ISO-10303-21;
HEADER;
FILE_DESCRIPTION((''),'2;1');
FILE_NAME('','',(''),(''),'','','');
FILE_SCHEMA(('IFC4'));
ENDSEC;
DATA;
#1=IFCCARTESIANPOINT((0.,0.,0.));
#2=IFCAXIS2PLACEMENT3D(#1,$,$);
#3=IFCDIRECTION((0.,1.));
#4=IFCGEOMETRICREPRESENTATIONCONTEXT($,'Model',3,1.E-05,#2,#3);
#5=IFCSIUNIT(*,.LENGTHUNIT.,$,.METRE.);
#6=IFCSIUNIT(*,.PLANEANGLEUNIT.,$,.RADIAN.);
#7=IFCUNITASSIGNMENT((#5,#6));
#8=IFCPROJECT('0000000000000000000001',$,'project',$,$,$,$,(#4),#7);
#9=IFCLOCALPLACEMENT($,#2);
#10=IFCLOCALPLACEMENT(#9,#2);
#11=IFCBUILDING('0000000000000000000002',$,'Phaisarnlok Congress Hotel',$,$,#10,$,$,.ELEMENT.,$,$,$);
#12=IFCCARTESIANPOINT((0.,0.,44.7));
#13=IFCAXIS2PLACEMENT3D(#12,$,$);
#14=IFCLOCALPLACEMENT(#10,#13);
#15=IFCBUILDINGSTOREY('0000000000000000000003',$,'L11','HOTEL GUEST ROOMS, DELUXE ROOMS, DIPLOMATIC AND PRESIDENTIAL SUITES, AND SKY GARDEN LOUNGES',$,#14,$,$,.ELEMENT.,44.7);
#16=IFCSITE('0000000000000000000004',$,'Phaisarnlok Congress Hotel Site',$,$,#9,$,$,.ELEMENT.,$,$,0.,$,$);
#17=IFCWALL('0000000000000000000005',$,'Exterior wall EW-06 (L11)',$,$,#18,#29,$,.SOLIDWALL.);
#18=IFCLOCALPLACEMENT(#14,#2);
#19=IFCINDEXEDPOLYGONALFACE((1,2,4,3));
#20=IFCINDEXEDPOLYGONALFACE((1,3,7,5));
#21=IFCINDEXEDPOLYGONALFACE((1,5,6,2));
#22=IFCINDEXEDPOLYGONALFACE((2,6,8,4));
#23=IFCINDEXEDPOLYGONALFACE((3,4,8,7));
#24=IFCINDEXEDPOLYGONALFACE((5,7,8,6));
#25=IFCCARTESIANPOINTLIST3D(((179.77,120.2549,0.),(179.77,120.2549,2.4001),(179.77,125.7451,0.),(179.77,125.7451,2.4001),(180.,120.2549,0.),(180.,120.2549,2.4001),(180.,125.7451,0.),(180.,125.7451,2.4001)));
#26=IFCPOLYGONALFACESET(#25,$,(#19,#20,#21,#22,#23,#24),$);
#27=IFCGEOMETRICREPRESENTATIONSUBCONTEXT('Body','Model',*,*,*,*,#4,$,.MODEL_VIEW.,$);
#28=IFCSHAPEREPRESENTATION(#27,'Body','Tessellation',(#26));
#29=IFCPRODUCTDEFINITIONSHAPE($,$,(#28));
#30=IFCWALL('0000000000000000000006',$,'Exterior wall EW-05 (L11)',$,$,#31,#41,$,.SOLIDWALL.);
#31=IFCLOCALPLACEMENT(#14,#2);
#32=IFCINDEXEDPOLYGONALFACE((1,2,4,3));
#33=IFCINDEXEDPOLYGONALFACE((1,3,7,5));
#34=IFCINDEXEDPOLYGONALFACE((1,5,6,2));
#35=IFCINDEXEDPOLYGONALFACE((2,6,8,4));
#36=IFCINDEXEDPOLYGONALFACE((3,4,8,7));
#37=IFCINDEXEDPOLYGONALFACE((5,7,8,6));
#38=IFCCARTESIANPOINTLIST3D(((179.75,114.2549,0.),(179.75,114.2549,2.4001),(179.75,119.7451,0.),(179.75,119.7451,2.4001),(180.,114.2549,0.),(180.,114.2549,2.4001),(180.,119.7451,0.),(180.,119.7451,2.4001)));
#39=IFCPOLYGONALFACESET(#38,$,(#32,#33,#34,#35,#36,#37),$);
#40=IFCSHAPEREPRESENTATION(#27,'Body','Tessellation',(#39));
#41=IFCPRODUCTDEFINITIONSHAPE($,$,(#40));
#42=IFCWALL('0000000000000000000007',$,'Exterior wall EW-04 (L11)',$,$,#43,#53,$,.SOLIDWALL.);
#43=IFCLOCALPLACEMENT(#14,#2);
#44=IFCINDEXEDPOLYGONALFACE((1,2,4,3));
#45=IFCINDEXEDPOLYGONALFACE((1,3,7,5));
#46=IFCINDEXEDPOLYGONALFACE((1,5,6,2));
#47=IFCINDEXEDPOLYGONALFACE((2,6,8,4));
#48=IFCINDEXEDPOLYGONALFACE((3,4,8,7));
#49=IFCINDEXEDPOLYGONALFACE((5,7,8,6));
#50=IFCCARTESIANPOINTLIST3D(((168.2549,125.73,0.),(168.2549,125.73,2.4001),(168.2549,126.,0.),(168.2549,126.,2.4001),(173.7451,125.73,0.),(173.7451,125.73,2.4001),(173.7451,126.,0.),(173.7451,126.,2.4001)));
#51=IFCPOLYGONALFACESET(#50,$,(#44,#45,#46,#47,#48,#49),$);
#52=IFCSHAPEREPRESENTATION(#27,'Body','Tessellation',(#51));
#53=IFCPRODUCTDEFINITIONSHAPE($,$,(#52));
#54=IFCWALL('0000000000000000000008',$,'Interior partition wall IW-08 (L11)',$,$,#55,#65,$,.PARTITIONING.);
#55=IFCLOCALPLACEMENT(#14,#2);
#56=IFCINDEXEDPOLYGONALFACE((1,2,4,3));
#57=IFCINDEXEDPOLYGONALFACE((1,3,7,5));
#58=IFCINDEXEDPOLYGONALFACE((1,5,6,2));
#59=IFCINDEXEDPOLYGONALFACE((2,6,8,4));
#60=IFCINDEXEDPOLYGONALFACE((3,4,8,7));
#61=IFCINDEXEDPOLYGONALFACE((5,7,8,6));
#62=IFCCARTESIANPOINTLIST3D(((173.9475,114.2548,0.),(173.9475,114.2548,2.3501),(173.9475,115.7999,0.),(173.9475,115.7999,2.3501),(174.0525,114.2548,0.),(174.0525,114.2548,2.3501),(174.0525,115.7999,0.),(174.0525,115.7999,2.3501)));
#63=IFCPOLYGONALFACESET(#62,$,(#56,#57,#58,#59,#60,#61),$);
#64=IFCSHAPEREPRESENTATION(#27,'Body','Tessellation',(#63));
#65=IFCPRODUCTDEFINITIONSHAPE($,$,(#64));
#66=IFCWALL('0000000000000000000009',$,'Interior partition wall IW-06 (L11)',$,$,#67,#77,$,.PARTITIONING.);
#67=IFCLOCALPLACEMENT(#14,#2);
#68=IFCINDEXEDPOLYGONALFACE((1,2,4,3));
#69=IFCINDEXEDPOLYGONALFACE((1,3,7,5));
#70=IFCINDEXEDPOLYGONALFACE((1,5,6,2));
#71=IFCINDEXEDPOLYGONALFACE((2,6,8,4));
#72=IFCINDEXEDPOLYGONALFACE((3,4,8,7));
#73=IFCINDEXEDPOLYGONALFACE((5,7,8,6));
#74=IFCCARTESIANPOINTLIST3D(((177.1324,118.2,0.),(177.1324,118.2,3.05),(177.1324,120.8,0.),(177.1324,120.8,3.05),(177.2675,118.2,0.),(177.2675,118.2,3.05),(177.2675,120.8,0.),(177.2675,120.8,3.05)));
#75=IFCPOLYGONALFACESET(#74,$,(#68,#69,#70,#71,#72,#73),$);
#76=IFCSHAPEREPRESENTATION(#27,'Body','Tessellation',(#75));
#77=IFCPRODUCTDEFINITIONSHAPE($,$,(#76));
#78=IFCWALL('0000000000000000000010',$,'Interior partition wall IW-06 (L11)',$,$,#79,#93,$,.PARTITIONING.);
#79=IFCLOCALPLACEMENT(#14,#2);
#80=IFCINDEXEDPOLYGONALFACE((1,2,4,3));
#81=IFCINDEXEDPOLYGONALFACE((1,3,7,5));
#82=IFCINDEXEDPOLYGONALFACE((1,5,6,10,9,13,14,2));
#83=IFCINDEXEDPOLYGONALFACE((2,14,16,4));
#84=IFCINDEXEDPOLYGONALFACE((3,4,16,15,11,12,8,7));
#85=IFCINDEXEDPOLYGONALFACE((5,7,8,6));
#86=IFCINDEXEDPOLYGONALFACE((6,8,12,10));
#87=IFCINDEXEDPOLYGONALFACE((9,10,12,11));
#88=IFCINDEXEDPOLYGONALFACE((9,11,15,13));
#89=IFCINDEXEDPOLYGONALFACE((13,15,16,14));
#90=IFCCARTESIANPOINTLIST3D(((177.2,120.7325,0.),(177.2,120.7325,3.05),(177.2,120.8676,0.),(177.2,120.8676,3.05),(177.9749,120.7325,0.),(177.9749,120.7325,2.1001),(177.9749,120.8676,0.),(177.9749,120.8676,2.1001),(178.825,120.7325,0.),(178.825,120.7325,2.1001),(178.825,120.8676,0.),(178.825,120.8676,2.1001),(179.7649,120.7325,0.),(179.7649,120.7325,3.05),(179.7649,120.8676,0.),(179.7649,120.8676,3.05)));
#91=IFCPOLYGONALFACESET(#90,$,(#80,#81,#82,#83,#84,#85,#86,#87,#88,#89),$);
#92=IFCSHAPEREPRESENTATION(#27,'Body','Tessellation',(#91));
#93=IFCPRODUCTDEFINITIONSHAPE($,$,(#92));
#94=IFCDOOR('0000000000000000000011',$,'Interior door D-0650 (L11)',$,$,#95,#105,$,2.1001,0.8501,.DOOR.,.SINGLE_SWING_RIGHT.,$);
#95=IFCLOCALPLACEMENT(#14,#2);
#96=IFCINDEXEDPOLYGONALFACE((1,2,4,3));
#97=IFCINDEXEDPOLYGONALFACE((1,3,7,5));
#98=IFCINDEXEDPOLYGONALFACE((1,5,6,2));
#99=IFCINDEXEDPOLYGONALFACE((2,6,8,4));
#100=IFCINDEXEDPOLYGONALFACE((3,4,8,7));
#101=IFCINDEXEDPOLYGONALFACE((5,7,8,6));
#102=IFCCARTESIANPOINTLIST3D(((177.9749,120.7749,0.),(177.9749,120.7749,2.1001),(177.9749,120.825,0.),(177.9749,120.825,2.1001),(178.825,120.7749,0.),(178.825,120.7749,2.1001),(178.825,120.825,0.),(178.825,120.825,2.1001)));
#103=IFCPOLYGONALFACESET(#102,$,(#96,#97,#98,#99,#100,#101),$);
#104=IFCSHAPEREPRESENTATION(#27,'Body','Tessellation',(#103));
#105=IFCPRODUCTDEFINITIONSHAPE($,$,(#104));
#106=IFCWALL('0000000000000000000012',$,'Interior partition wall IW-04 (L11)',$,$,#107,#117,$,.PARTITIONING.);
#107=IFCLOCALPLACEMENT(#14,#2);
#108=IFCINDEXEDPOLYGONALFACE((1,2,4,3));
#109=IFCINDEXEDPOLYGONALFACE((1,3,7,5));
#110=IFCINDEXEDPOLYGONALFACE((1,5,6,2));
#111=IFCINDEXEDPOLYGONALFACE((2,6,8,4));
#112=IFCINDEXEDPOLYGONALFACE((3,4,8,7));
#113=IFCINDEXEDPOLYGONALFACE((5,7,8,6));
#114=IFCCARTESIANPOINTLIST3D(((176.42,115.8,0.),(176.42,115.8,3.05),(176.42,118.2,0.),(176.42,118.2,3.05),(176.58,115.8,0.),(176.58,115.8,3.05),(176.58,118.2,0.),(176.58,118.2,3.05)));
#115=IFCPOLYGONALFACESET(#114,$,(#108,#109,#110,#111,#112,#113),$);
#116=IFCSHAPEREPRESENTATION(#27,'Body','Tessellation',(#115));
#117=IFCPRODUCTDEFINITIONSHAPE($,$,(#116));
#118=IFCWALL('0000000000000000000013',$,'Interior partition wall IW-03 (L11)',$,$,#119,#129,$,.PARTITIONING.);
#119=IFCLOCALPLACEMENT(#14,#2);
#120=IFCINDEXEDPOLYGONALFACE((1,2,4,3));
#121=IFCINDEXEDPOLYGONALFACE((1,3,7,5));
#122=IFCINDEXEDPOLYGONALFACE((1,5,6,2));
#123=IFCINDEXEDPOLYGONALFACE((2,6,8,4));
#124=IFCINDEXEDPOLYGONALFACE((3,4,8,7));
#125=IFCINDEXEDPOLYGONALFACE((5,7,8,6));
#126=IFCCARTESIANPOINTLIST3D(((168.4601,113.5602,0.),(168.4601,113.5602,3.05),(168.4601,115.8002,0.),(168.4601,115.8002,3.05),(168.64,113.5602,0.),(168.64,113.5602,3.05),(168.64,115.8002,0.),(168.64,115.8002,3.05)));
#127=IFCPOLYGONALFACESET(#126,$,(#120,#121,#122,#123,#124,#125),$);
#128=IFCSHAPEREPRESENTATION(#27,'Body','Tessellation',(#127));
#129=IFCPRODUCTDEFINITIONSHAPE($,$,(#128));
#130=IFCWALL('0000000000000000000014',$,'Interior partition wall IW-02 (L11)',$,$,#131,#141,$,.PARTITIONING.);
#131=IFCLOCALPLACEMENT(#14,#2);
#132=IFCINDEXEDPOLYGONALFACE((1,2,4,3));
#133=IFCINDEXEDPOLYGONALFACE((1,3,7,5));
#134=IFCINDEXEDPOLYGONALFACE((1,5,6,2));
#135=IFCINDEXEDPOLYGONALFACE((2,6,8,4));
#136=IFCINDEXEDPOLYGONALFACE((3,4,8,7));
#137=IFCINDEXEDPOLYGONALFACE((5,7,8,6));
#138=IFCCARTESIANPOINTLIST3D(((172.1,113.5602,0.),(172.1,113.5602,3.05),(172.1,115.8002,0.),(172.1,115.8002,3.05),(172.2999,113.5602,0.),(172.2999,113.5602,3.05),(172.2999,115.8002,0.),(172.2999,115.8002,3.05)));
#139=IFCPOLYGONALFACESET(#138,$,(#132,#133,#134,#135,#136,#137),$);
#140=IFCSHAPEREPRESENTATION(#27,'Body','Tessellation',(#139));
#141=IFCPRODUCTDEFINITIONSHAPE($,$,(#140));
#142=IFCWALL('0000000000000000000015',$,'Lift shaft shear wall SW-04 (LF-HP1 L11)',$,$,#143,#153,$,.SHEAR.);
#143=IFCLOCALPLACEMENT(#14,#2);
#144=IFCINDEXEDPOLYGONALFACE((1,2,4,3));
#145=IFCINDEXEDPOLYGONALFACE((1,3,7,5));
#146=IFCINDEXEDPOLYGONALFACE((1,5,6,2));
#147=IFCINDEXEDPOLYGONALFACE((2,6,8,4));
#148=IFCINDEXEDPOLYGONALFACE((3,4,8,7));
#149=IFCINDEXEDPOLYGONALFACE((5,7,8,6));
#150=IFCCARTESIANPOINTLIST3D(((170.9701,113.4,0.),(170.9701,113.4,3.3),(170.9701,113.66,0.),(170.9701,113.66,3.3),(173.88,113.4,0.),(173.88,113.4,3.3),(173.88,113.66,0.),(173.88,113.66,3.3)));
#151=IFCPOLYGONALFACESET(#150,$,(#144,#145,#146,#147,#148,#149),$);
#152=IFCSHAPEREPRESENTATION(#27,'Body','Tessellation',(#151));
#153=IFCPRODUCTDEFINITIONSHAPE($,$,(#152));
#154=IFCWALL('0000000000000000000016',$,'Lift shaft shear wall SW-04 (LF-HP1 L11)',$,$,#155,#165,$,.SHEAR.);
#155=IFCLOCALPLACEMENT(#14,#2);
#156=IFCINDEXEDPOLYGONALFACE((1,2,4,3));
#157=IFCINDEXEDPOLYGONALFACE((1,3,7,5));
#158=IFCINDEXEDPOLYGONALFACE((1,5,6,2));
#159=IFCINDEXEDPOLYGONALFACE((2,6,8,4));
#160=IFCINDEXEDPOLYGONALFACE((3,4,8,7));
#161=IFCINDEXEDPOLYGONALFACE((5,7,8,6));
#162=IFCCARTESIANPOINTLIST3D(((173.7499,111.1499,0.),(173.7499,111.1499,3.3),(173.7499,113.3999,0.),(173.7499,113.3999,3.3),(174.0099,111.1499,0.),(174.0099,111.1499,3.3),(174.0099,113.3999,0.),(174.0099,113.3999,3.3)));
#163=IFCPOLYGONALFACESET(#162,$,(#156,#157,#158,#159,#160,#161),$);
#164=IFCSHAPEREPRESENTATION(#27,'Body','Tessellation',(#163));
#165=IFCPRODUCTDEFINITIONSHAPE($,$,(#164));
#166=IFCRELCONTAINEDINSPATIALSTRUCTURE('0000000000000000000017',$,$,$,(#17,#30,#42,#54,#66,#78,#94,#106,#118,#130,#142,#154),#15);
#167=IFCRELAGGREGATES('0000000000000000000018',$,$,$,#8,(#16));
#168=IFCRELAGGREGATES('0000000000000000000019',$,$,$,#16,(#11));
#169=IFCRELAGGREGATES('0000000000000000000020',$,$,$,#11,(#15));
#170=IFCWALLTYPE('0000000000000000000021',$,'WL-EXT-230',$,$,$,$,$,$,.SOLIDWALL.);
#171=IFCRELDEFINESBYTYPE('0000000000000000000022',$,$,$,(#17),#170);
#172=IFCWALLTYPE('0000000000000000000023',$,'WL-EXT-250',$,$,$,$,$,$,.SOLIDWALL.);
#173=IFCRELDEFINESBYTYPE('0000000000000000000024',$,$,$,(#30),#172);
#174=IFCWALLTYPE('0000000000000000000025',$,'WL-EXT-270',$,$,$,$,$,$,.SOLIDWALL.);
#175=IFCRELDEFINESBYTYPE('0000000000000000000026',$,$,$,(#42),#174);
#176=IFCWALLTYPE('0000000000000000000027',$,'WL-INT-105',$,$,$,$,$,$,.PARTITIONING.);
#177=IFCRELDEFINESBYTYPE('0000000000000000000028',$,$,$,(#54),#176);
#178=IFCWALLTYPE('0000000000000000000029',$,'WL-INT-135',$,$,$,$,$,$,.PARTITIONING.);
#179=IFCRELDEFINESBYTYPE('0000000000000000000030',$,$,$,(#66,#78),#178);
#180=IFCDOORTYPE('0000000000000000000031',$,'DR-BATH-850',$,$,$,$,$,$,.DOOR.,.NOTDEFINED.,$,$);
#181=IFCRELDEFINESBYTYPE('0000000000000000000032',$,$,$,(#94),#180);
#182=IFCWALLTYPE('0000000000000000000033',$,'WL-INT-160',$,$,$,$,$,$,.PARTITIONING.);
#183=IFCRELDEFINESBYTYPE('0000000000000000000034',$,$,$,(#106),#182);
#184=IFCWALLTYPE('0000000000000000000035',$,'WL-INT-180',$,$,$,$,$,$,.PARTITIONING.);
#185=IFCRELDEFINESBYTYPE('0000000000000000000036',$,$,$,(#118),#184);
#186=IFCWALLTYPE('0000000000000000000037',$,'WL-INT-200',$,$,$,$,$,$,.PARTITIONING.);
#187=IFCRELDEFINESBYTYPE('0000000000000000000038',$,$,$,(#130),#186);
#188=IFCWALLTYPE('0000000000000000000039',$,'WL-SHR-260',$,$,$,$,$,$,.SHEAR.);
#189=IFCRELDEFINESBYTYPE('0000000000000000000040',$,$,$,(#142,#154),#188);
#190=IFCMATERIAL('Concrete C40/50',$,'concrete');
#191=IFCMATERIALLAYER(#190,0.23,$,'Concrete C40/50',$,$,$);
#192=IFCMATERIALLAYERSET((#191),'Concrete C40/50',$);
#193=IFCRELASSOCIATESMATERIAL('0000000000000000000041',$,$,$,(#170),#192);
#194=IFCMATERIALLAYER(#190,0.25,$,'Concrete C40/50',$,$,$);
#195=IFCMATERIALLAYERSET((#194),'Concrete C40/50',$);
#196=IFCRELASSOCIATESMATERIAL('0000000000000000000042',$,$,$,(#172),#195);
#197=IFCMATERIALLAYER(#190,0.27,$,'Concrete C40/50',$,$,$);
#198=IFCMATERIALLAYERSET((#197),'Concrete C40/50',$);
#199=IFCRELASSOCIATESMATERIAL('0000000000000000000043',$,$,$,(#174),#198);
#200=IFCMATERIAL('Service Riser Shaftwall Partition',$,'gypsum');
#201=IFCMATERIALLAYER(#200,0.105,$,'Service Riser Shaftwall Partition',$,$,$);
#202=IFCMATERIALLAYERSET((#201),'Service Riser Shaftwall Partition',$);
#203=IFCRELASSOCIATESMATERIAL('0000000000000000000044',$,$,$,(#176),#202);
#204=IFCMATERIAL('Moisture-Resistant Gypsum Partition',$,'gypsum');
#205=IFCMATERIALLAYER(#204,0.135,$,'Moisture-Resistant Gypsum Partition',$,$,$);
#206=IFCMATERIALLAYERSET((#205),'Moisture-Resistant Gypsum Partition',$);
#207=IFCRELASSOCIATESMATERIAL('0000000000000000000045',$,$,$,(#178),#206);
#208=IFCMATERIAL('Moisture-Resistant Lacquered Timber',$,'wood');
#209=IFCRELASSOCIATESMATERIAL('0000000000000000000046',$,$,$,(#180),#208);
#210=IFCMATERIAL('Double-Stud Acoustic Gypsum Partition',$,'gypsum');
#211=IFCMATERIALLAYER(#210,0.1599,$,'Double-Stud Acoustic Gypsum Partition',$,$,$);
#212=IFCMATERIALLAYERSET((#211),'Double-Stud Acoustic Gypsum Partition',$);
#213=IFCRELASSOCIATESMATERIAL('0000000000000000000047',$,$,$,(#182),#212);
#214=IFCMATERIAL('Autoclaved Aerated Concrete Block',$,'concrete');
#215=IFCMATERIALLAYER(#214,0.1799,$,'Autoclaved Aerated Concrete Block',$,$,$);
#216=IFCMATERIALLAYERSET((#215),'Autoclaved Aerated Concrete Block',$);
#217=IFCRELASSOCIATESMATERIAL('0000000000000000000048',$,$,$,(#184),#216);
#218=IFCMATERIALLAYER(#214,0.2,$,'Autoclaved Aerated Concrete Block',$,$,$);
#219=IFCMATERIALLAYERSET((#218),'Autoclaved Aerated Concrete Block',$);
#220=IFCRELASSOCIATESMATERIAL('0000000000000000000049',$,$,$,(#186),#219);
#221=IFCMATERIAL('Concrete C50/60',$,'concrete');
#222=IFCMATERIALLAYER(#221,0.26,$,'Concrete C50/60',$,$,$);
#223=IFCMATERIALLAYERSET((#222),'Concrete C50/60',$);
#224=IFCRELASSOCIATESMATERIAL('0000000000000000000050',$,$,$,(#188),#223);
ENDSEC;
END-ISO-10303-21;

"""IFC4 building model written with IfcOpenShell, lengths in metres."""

from ifc_helpers import new_model, si_unit, direction, frame, frame_2d, origin, place, context, subcontext, project, spatial, rectangle, extrude, material, layer, layer_set, type_object, element, fill, save


model = new_model("IFC4")

# Units and contexts
model_context = context("Model", 3, precision=1e-05, world=origin(), true_north=direction((0.0, 1.0)))
body_context = subcontext(model_context, "Body", "Model", "MODEL_VIEW")
ifc_project = project(units=[si_unit("LENGTHUNIT", "METRE"), si_unit("PLANEANGLEUNIT", "RADIAN")], contexts=[model_context])

# Site, building, storey
site_placement = place(None, origin())
site = spatial("IfcSite", under=ifc_project, at=site_placement, Name="Phaisarnlok Congress Hotel Site", CompositionType="ELEMENT", RefElevation=0.0)
building_placement = place(site_placement, origin())
building = spatial("IfcBuilding", under=site, at=building_placement, Name="Phaisarnlok Congress Hotel", CompositionType="ELEMENT")
storey_placement = place(building_placement, frame((0.0, 0.0, 44.7)))
storey = spatial("IfcBuildingStorey", under=building, at=storey_placement, Name="L11", Description="HOTEL GUEST ROOMS, DELUXE ROOMS, DIPLOMATIC AND PRESIDENTIAL SUITES, AND SKY GARDEN LOUNGES", CompositionType="ELEMENT", Elevation=44.7)

# Shared definitions
ifc_material_1 = material(Name="Concrete C50/60", Category="concrete")

# Shared definitions
ifc_material_2 = material(Name="Concrete C40/50", Category="concrete")

# Walls
ifc_layer_1 = layer(ifc_material_2, 0.23, Name="Concrete C40/50")
ifc_layer_set_1 = layer_set([ifc_layer_1], Name="Concrete C40/50")
wall_type_1 = type_object("IfcWallType", Name="WL-EXT-230", PredefinedType="SOLIDWALL", material=ifc_layer_set_1)
wall_1_placement = place(storey_placement, frame((179.885, 120.2549, 0.0), z_axis=(0.0, 0.0, 1.0), x_axis=(0.0, 1.0, 0.0)))
element("IfcWall", 1, at=wall_1_placement, inside=storey, type_object=wall_type_1, Name="Exterior wall EW-06 (L11)", PredefinedType="SOLIDWALL", context=body_context, shape_type="SweptSolid", body=[
    extrude(rectangle(XDim=5.4902, YDim=0.23, at=frame_2d((2.7451, 0.0))), origin(), (0.0, 0.0, 1.0), 2.4001),
])
ifc_layer_2 = layer(ifc_material_2, 0.25, Name="Concrete C40/50")
ifc_layer_set_2 = layer_set([ifc_layer_2], Name="Concrete C40/50")
wall_type_2 = type_object("IfcWallType", Name="WL-EXT-250", PredefinedType="SOLIDWALL", material=ifc_layer_set_2)
wall_2_placement = place(storey_placement, frame((179.875, 114.2549, 0.0), z_axis=(0.0, 0.0, 1.0), x_axis=(0.0, 1.0, 0.0)))
element("IfcWall", 2, at=wall_2_placement, inside=storey, type_object=wall_type_2, Name="Exterior wall EW-05 (L11)", PredefinedType="SOLIDWALL", context=body_context, shape_type="SweptSolid", body=[
    extrude(rectangle(XDim=5.4902, YDim=0.25, at=frame_2d((2.7451, 0.0))), origin(), (0.0, 0.0, 1.0), 2.4001),
])
ifc_layer_3 = layer(ifc_material_2, 0.27, Name="Concrete C40/50")
ifc_layer_set_3 = layer_set([ifc_layer_3], Name="Concrete C40/50")
wall_type_3 = type_object("IfcWallType", Name="WL-EXT-270", PredefinedType="SOLIDWALL", material=ifc_layer_set_3)
wall_3_placement = place(storey_placement, frame((173.7451, 125.865, 0.0), z_axis=(0.0, 0.0, 1.0), x_axis=(-1.0, 0.0, 0.0)))
element("IfcWall", 3, at=wall_3_placement, inside=storey, type_object=wall_type_3, Name="Exterior wall EW-04 (L11)", PredefinedType="SOLIDWALL", context=body_context, shape_type="SweptSolid", body=[
    extrude(rectangle(XDim=5.4902, YDim=0.27, at=frame_2d((2.7451, 0.0))), origin(), (0.0, 0.0, 1.0), 2.4001),
])
ifc_material_3 = material(Name="Service Riser Shaftwall Partition", Category="gypsum")
ifc_layer_4 = layer(ifc_material_3, 0.105, Name="Service Riser Shaftwall Partition")
ifc_layer_set_4 = layer_set([ifc_layer_4], Name="Service Riser Shaftwall Partition")
wall_type_4 = type_object("IfcWallType", Name="WL-INT-105", PredefinedType="PARTITIONING", material=ifc_layer_set_4)
wall_4_placement = place(storey_placement, frame((174.0, 114.2549, 0.0), z_axis=(0.0, 0.0, 1.0), x_axis=(0.0, 1.0, 0.0)))
element("IfcWall", 4, at=wall_4_placement, inside=storey, type_object=wall_type_4, Name="Interior partition wall IW-08 (L11)", PredefinedType="PARTITIONING", context=body_context, shape_type="SweptSolid", body=[
    extrude(rectangle(XDim=1.5452, YDim=0.105, at=frame_2d((0.7725, 0.0))), origin(), (0.0, 0.0, 1.0), 2.3501),
])
ifc_material_4 = material(Name="Moisture-Resistant Gypsum Partition", Category="gypsum")
ifc_layer_5 = layer(ifc_material_4, 0.135, Name="Moisture-Resistant Gypsum Partition")
ifc_layer_set_5 = layer_set([ifc_layer_5], Name="Moisture-Resistant Gypsum Partition")
wall_type_5 = type_object("IfcWallType", Name="WL-INT-135", PredefinedType="PARTITIONING", material=ifc_layer_set_5)
wall_5_placement = place(storey_placement, frame((177.2, 118.2, 0.0), z_axis=(0.0, 0.0, 1.0), x_axis=(0.0, 1.0, 0.0)))
element("IfcWall", 5, at=wall_5_placement, inside=storey, type_object=wall_type_5, Name="Interior partition wall IW-06 (L11)", PredefinedType="PARTITIONING", context=body_context, shape_type="SweptSolid", body=[
    extrude(rectangle(XDim=2.6001, YDim=0.135, at=frame_2d((1.3, 0.0))), origin(), (0.0, 0.0, 1.0), 3.05),
])

# Wall, opening, door
wall_6_placement = place(storey_placement, frame((177.2, 120.8, 0.0), z_axis=(0.0, 0.0, 1.0), x_axis=(1.0, 0.0, 0.0)))
wall_6 = element("IfcWall", 6, at=wall_6_placement, inside=storey, type_object=wall_type_5, Name="Interior partition wall IW-06 (L11)", PredefinedType="PARTITIONING", context=body_context, shape_type="SweptSolid", body=[
    extrude(rectangle(XDim=2.5649, YDim=0.135, at=frame_2d((1.2825, 0.0))), origin(), (0.0, 0.0, 1.0), 3.05),
])
opening_1_placement = place(wall_6_placement, frame((0.7749, 0.0, 0.0)))
opening_1 = element("IfcOpeningElement", 7, at=opening_1_placement, cuts=wall_6, PredefinedType="OPENING", context=body_context, shape_type="SweptSolid", body=[
    extrude(rectangle(XDim=0.8501, YDim=2.1001, at=frame_2d((0.425, 1.05))), frame((0.0, 0.0776, 0.0), z_axis=(0.0, -1.0, 0.0), x_axis=(1.0, 0.0, 0.0)), (0.0, 0.0, 1.0), 0.155),
])
ifc_material_5 = material(Name="Moisture-Resistant Lacquered Timber", Category="wood")
door_type_1 = type_object("IfcDoorType", Name="DR-BATH-850", OperationType="NOTDEFINED", PredefinedType="DOOR", material=ifc_material_5)
door_1_placement = place(opening_1_placement, origin())
door_1 = element("IfcDoor", 8, at=door_1_placement, inside=storey, type_object=door_type_1, Name="Interior door D-0650 (L11)", OperationType="SINGLE_SWING_RIGHT", OverallHeight=2.1001, OverallWidth=0.8501, PredefinedType="DOOR", context=body_context, shape_type="SweptSolid", body=[
    extrude(rectangle(XDim=0.8501, YDim=2.1001, at=frame_2d((0.425, 1.05))), frame((0.0, 0.0249, 0.0), z_axis=(0.0, -1.0, 0.0), x_axis=(1.0, 0.0, 0.0)), (0.0, 0.0, 1.0), 0.05),
])
fill(opening_1, door_1)

# Walls
ifc_material_6 = material(Name="Double-Stud Acoustic Gypsum Partition", Category="gypsum")
ifc_layer_6 = layer(ifc_material_6, 0.1599, Name="Double-Stud Acoustic Gypsum Partition")
ifc_layer_set_6 = layer_set([ifc_layer_6], Name="Double-Stud Acoustic Gypsum Partition")
wall_type_6 = type_object("IfcWallType", Name="WL-INT-160", PredefinedType="PARTITIONING", material=ifc_layer_set_6)
wall_7_placement = place(storey_placement, frame((176.5, 115.8, 0.0), z_axis=(0.0, 0.0, 1.0), x_axis=(0.0, 1.0, 0.0)))
element("IfcWall", 9, at=wall_7_placement, inside=storey, type_object=wall_type_6, Name="Interior partition wall IW-04 (L11)", PredefinedType="PARTITIONING", context=body_context, shape_type="SweptSolid", body=[
    extrude(rectangle(XDim=2.3999, YDim=0.1599, at=frame_2d((1.2, 0.0))), origin(), (0.0, 0.0, 1.0), 3.05),
])
ifc_material_7 = material(Name="Autoclaved Aerated Concrete Block", Category="concrete")
ifc_layer_7 = layer(ifc_material_7, 0.1799, Name="Autoclaved Aerated Concrete Block")
ifc_layer_set_7 = layer_set([ifc_layer_7], Name="Autoclaved Aerated Concrete Block")
wall_type_7 = type_object("IfcWallType", Name="WL-INT-180", PredefinedType="PARTITIONING", material=ifc_layer_set_7)
wall_8_placement = place(storey_placement, frame((168.55, 113.5601, 0.0), z_axis=(0.0, 0.0, 1.0), x_axis=(0.0, 1.0, 0.0)))
element("IfcWall", 10, at=wall_8_placement, inside=storey, type_object=wall_type_7, Name="Interior partition wall IW-03 (L11)", PredefinedType="PARTITIONING", context=body_context, shape_type="SweptSolid", body=[
    extrude(rectangle(XDim=2.24, YDim=0.1799, at=frame_2d((1.1201, 0.0))), origin(), (0.0, 0.0, 1.0), 3.05),
])
ifc_layer_8 = layer(ifc_material_7, 0.2, Name="Autoclaved Aerated Concrete Block")
ifc_layer_set_8 = layer_set([ifc_layer_8], Name="Autoclaved Aerated Concrete Block")
wall_type_8 = type_object("IfcWallType", Name="WL-INT-200", PredefinedType="PARTITIONING", material=ifc_layer_set_8)
wall_9_placement = place(storey_placement, frame((172.2, 113.5601, 0.0), z_axis=(0.0, 0.0, 1.0), x_axis=(0.0, 1.0, 0.0)))
element("IfcWall", 11, at=wall_9_placement, inside=storey, type_object=wall_type_8, Name="Interior partition wall IW-02 (L11)", PredefinedType="PARTITIONING", context=body_context, shape_type="SweptSolid", body=[
    extrude(rectangle(XDim=2.24, YDim=0.2, at=frame_2d((1.1201, 0.0))), origin(), (0.0, 0.0, 1.0), 3.05),
])
ifc_layer_9 = layer(ifc_material_1, 0.26, Name="Concrete C50/60")
ifc_layer_set_9 = layer_set([ifc_layer_9], Name="Concrete C50/60")
wall_type_9 = type_object("IfcWallType", Name="WL-SHR-260", PredefinedType="SHEAR", material=ifc_layer_set_9)
wall_10_placement = place(storey_placement, frame((170.97, 113.53, 0.0), z_axis=(0.0, 0.0, 1.0), x_axis=(1.0, 0.0, 0.0)))
element("IfcWall", 12, at=wall_10_placement, inside=storey, type_object=wall_type_9, Name="Lift shaft shear wall SW-04 (LF-HP1 L11)", PredefinedType="SHEAR", context=body_context, shape_type="SweptSolid", body=[
    extrude(rectangle(XDim=2.9099, YDim=0.26, at=frame_2d((1.4551, 0.0))), origin(), (0.0, 0.0, 1.0), 3.3),
])
wall_11_placement = place(storey_placement, frame((173.8799, 111.1499, 0.0), z_axis=(0.0, 0.0, 1.0), x_axis=(0.0, 1.0, 0.0)))
element("IfcWall", 13, at=wall_11_placement, inside=storey, type_object=wall_type_9, Name="Lift shaft shear wall SW-04 (LF-HP1 L11)", PredefinedType="SHEAR", context=body_context, shape_type="SweptSolid", body=[
    extrude(rectangle(XDim=2.25, YDim=0.26, at=frame_2d((1.125, 0.0))), origin(), (0.0, 0.0, 1.0), 3.3),
])

save(model, "model.ifc")
